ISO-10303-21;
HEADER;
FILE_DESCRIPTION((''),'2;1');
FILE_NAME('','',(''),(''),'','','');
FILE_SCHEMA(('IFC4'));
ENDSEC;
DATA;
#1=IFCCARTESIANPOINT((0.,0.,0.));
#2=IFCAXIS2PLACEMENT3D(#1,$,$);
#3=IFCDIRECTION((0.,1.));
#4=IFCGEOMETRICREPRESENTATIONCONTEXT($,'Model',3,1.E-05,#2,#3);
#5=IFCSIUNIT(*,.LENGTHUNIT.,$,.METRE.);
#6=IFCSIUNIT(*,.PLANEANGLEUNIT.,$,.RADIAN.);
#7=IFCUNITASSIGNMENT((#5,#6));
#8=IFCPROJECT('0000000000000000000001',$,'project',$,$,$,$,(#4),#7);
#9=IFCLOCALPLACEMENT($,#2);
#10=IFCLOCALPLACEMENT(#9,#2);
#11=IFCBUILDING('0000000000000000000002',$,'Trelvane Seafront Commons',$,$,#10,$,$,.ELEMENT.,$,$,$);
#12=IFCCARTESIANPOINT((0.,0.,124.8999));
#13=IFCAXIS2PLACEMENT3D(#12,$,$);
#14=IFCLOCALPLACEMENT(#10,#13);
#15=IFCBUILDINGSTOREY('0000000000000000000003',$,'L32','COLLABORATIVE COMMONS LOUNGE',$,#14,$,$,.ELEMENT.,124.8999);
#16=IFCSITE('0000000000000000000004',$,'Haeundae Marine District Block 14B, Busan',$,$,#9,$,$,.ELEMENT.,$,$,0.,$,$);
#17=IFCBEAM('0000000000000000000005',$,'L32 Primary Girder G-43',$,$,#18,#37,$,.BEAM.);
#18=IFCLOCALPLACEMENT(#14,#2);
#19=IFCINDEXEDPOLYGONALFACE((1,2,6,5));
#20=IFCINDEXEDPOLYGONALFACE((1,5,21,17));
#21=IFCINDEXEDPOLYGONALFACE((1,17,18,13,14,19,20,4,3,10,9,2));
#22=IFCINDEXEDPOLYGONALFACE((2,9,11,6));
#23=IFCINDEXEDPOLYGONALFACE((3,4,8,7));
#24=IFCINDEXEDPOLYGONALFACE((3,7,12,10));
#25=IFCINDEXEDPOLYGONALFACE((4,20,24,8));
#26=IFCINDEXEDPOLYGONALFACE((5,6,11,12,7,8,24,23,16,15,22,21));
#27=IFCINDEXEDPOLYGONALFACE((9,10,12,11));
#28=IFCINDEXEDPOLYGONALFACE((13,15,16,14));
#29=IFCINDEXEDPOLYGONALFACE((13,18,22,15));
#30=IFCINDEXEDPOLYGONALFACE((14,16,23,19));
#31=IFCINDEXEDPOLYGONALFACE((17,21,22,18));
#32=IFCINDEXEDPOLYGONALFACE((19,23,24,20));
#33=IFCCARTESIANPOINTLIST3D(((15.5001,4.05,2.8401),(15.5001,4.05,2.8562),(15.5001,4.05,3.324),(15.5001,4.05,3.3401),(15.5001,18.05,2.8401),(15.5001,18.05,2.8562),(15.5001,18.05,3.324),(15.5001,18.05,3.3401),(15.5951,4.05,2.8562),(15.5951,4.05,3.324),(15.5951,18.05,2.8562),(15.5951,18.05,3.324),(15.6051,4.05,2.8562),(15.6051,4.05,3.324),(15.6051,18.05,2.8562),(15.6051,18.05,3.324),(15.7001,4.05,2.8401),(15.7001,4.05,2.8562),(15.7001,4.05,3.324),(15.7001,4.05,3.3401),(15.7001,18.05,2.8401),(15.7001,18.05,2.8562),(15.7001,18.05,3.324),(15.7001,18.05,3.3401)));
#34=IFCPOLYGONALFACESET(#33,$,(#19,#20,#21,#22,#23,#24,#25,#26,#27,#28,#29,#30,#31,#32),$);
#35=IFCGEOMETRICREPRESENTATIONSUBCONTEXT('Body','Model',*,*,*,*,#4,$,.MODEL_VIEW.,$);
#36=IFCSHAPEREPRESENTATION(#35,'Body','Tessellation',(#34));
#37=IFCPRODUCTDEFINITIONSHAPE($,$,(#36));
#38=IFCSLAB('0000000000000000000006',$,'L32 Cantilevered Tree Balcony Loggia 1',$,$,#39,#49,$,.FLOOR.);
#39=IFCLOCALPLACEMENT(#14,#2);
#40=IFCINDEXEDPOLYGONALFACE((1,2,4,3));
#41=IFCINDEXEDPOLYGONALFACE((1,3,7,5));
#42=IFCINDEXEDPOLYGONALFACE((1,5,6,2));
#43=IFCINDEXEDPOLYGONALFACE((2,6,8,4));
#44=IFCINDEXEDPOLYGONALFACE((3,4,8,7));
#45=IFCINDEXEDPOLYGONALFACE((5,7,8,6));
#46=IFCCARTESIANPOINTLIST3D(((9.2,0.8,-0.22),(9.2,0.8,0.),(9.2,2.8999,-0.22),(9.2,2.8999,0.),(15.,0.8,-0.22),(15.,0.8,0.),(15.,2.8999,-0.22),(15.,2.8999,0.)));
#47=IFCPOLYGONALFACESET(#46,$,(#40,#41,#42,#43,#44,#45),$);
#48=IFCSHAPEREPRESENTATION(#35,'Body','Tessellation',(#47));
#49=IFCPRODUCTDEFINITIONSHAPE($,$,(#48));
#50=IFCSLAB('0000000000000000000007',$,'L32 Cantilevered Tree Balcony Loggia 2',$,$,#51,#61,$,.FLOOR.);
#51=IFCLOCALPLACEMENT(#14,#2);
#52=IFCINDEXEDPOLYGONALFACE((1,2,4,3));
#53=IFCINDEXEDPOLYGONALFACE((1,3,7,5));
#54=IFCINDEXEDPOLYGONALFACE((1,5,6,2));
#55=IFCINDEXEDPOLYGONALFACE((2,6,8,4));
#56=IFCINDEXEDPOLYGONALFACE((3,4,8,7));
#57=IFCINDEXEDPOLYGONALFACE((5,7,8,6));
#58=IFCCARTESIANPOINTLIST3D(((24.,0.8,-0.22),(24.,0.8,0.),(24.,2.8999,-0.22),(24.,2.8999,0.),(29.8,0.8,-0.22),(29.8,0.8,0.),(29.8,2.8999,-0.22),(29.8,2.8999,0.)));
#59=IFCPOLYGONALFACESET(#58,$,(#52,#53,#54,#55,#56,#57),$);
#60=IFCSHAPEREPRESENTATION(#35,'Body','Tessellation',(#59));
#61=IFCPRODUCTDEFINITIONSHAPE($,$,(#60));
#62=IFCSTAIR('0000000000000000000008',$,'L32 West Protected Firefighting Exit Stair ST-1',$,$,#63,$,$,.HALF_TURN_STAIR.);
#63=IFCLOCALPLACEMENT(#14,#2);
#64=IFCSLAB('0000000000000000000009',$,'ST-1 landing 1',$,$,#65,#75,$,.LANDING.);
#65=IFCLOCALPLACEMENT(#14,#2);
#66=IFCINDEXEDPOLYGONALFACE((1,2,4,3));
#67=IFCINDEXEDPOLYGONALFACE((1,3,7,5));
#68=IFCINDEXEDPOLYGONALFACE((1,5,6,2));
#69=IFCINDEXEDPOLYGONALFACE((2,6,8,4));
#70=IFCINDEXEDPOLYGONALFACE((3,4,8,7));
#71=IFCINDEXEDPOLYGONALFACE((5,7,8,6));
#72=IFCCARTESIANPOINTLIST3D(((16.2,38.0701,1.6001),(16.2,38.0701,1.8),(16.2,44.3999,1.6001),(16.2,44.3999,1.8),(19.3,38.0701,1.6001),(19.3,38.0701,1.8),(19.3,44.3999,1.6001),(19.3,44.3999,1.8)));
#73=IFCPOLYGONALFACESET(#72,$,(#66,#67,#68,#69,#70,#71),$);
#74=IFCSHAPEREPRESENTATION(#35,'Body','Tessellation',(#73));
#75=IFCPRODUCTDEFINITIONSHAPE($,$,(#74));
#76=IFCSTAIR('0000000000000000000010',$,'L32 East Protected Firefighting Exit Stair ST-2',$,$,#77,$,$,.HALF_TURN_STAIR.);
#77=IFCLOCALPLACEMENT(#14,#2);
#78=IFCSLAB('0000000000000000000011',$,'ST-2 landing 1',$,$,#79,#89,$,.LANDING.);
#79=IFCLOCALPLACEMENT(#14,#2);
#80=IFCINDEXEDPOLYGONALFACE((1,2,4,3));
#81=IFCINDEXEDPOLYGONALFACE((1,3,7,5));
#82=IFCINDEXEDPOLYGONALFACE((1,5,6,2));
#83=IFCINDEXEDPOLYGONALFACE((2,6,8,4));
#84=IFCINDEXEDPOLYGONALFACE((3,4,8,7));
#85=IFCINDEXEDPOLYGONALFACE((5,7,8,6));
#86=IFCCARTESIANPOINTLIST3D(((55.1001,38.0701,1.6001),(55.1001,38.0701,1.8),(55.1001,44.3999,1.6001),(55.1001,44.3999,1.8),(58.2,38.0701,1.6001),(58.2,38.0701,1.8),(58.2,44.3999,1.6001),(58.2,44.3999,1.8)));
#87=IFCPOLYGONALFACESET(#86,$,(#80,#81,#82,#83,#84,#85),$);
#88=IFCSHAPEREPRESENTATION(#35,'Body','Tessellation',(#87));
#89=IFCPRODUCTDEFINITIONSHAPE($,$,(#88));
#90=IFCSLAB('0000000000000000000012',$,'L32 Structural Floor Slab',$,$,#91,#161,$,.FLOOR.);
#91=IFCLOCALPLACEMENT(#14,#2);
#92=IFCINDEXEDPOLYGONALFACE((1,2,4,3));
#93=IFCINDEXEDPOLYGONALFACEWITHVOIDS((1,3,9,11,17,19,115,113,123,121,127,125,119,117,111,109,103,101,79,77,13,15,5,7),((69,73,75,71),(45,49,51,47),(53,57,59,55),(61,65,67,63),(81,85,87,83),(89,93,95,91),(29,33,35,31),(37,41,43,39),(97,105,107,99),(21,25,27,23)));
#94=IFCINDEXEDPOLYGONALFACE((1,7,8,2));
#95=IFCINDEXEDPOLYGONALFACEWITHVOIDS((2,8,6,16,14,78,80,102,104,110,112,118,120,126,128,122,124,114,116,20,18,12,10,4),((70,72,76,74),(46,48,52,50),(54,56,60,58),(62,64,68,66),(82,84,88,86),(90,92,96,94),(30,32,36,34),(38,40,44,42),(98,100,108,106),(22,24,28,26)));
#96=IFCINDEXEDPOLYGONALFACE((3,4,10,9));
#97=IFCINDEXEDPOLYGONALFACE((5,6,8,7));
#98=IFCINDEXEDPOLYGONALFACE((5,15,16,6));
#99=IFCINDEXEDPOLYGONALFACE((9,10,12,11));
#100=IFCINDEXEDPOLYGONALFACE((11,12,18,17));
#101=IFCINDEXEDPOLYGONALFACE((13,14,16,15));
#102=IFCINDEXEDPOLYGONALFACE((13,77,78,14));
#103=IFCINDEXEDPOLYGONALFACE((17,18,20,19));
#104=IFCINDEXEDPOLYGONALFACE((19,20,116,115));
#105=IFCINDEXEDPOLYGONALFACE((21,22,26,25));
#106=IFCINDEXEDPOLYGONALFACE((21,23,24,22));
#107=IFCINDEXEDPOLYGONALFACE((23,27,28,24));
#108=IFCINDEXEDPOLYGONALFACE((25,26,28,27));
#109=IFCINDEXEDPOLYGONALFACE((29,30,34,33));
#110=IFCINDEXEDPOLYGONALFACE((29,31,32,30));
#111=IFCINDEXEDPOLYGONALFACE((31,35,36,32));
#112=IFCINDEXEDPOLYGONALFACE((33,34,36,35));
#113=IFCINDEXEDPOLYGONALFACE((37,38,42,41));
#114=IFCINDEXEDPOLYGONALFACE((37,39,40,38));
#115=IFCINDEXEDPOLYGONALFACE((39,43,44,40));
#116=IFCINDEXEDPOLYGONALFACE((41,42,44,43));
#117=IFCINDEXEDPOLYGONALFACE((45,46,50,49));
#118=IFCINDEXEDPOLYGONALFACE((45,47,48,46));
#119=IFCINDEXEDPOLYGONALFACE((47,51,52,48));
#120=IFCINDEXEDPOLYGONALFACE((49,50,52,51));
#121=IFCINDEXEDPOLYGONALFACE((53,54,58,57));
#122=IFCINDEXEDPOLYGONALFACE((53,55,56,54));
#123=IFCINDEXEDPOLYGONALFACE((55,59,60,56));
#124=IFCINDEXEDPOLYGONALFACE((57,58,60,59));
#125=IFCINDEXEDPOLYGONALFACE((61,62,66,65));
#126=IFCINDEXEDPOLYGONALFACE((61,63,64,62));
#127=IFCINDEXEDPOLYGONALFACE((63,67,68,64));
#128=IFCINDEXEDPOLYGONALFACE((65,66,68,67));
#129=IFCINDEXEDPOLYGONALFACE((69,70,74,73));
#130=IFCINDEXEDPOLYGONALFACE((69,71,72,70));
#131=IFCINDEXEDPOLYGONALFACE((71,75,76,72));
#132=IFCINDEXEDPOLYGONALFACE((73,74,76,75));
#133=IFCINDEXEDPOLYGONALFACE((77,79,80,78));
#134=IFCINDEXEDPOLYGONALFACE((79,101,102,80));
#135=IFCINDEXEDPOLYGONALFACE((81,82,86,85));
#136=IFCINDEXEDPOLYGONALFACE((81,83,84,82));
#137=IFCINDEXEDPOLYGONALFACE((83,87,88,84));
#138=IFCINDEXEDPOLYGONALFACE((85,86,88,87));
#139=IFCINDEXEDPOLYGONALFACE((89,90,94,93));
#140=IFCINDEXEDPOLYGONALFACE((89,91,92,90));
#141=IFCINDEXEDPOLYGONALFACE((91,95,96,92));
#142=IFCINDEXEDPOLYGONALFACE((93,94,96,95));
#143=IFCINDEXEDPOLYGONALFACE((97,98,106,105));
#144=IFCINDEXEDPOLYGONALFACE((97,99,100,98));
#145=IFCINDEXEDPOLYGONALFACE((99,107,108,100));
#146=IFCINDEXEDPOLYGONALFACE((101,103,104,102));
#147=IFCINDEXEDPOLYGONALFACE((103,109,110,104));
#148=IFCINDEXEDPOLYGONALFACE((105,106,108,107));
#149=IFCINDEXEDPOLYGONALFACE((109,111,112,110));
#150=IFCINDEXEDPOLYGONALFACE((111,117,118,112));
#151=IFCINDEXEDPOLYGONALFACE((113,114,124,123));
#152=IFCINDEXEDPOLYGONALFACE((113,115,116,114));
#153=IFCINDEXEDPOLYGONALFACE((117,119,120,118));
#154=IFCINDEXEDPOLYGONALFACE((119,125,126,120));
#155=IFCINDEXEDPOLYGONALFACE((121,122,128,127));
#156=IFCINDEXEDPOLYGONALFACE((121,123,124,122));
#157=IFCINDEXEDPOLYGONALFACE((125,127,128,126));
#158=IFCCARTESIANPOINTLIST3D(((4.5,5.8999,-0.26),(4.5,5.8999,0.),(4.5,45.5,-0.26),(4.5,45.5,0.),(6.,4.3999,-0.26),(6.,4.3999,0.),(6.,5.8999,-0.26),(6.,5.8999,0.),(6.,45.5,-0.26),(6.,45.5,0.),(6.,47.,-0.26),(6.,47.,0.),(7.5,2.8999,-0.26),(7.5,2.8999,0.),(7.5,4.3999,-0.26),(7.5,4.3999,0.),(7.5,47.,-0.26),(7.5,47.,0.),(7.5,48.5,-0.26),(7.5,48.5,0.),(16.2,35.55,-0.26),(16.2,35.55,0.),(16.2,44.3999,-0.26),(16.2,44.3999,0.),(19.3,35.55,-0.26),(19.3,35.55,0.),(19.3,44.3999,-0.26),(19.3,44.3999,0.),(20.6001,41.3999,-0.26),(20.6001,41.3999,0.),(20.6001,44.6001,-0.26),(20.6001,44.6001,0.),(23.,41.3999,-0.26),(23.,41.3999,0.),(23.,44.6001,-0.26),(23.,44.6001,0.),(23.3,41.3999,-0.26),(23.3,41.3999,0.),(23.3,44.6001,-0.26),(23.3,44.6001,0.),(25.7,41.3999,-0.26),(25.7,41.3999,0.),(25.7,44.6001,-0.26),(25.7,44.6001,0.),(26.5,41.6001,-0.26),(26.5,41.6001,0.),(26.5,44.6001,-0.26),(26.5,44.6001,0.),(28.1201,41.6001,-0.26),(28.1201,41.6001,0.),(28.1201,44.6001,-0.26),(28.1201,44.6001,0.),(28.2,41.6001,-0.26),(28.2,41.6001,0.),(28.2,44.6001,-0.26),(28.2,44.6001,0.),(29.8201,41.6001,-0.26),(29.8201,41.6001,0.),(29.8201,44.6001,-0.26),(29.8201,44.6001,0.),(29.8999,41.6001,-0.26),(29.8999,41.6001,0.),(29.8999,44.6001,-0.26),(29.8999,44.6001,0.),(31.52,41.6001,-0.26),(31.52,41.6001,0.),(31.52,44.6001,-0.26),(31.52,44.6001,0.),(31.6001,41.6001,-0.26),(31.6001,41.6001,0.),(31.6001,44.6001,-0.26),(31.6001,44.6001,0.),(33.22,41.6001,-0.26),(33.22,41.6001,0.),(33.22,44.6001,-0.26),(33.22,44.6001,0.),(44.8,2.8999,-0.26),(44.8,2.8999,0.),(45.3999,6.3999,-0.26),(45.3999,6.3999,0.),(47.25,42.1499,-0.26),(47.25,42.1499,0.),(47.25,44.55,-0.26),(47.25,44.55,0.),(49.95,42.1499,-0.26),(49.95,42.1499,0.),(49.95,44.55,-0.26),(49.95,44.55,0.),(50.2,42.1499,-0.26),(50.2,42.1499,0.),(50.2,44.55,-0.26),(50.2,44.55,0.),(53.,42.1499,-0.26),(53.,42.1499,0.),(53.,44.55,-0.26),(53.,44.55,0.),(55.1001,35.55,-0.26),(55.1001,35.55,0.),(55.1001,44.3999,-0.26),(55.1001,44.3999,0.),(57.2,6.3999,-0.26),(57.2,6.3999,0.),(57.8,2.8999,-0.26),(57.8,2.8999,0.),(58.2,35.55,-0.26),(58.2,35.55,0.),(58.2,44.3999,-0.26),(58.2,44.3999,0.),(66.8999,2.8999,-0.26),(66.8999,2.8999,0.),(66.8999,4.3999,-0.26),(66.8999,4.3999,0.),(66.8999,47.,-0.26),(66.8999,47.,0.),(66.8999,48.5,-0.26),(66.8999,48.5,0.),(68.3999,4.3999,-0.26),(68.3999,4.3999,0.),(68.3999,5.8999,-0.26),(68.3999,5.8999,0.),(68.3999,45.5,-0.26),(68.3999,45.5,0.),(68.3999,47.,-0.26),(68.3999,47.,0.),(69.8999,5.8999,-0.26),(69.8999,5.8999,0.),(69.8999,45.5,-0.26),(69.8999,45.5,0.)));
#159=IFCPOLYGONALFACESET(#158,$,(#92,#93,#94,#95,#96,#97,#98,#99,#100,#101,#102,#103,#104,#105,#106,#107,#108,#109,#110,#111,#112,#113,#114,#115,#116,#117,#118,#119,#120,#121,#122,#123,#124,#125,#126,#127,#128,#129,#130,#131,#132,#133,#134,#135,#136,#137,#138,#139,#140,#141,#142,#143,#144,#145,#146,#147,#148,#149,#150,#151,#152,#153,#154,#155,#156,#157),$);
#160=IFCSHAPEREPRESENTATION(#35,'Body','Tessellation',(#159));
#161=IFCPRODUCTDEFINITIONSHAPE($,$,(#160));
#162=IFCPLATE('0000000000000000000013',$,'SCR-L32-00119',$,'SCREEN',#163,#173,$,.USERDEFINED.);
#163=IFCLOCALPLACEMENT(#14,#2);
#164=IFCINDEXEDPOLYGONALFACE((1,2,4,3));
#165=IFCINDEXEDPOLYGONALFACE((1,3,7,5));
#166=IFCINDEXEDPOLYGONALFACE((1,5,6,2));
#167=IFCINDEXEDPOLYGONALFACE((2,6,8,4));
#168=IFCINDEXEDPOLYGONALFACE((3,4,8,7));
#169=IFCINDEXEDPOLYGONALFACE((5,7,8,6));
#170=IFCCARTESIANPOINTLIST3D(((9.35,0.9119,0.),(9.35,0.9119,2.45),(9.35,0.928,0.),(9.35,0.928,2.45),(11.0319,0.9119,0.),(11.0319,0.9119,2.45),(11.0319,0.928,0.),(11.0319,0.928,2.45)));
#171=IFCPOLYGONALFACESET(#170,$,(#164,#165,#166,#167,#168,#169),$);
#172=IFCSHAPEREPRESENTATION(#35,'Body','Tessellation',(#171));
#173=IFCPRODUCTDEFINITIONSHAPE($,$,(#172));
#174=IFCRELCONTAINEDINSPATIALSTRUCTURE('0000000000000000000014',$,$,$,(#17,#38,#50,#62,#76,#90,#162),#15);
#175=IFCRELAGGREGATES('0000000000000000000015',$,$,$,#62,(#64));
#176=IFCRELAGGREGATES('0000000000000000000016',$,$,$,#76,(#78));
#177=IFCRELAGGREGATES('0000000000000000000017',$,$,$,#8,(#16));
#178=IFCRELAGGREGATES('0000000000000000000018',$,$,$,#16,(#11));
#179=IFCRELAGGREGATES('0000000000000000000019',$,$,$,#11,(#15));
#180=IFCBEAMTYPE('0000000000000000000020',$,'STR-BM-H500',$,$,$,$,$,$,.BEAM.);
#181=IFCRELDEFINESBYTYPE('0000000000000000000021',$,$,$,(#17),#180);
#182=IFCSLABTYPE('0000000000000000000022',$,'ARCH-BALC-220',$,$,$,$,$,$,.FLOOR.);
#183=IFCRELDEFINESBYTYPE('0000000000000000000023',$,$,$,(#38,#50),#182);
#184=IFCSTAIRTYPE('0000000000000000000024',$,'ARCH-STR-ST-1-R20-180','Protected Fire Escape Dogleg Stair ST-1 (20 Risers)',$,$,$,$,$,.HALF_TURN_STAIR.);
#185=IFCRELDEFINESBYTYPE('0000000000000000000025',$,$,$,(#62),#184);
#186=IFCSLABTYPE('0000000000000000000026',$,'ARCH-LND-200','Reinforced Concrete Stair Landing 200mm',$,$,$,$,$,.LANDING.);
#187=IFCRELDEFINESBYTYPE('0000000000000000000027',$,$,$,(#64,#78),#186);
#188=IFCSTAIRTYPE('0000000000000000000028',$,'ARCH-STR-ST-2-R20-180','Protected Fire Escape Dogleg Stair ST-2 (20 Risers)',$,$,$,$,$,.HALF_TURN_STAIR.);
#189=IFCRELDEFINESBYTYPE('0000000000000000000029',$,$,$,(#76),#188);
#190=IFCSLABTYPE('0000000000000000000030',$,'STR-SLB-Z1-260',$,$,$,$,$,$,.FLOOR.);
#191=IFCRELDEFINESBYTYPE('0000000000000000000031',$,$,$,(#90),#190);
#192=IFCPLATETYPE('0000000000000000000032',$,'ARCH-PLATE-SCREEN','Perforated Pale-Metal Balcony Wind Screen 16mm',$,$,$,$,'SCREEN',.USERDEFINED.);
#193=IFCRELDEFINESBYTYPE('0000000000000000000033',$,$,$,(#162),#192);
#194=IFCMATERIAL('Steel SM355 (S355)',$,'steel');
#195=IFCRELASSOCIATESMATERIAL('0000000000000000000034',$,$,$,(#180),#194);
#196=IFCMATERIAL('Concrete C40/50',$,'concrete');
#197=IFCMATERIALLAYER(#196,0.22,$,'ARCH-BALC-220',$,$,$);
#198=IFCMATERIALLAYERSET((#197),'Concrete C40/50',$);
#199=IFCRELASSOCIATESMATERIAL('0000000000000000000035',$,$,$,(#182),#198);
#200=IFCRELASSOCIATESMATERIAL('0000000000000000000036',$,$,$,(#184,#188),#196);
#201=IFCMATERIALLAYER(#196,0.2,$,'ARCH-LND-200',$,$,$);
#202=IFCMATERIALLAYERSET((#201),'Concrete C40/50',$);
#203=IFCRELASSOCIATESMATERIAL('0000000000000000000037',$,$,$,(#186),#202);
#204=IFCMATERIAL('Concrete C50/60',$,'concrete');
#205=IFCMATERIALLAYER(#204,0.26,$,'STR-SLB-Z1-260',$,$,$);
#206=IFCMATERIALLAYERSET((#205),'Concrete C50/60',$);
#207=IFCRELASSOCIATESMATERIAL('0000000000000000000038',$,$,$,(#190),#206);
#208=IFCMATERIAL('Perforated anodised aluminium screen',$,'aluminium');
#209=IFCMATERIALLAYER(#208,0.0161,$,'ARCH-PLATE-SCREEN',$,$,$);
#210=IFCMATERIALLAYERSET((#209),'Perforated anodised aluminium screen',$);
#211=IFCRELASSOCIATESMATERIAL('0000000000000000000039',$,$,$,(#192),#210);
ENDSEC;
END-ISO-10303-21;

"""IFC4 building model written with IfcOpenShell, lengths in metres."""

from ifc_helpers import new_model, si_unit, direction, frame, origin, origin_2d, place, context, subcontext, project, spatial, polyline, rectangle, i_section, outline, extrude, source, transform, mapped, material, layer, layer_set, material_profile, profile_set, type_object, element, aggregate, save


model = new_model("IFC4")

# Units and contexts
model_context = context("Model", 3, precision=1e-05, world=origin(), true_north=direction((0.0, 1.0)))
body_context = subcontext(model_context, "Body", "Model", "MODEL_VIEW")
ifc_project = project(units=[si_unit("LENGTHUNIT", "METRE"), si_unit("PLANEANGLEUNIT", "RADIAN")], contexts=[model_context])

# Site, building, storey
site_placement = place(None, origin())
site = spatial("IfcSite", under=ifc_project, at=site_placement, Name="Haeundae Marine District Block 14B, Busan", CompositionType="ELEMENT", RefElevation=0.0)
building_placement = place(site_placement, origin())
building = spatial("IfcBuilding", under=site, at=building_placement, Name="Trelvane Seafront Commons", CompositionType="ELEMENT")
storey_placement = place(building_placement, frame((0.0, 0.0, 124.8999)))
storey = spatial("IfcBuildingStorey", under=building, at=storey_placement, Name="L32", Description="COLLABORATIVE COMMONS LOUNGE", CompositionType="ELEMENT", Elevation=124.8999)

# Shared definitions
ifc_material_1 = material(Name="Steel SM355 (S355)", Category="steel")

# Beam
ifc_material_profile_1 = material_profile(ifc_material_1, i_section(OverallWidth=0.2, OverallDepth=0.5, WebThickness=0.01, FlangeThickness=0.0161, at=origin_2d()), Name="H-500x200x10x16")
ifc_profile_set_1 = profile_set([ifc_material_profile_1], Name="Steel SM355 (S355)")
beam_type_1 = type_object("IfcBeamType", Name="STR-BM-H500", PredefinedType="BEAM", material=ifc_profile_set_1)
shared_shape_1 = source(origin(), body_context, "Body", "SweptSolid", [
    extrude(i_section(OverallWidth=0.2, OverallDepth=0.5, WebThickness=0.01, FlangeThickness=0.0161, at=origin_2d()), origin(), (0.0, 0.0, 1.0), 14.0),
])
beam_1_placement = place(storey_placement, frame((15.6001, 4.05, 3.0901), z_axis=(0.0, 1.0, 0.0), x_axis=(-1.0, 0.0, 0.0)))
element("IfcBeam", 1, at=beam_1_placement, inside=storey, type_object=beam_type_1, Name="L32 Primary Girder G-43", PredefinedType="BEAM", context=body_context, shape_type="MappedRepresentation", body=[
    mapped(shared_shape_1, transform((0.0, 0.0, 0.0), x_axis=(1.0, 0.0, 0.0), y_axis=(0.0, 1.0, 0.0), z_axis=(0.0, 0.0, 1.0), scale=1.0)),
])

# Slabs
ifc_material_2 = material(Name="Concrete C40/50", Category="concrete")
ifc_layer_1 = layer(ifc_material_2, 0.22, Name="ARCH-BALC-220")
ifc_layer_set_1 = layer_set([ifc_layer_1], Name="Concrete C40/50")
slab_type_1 = type_object("IfcSlabType", Name="ARCH-BALC-220", PredefinedType="FLOOR", material=ifc_layer_set_1)
slab_1_placement = place(storey_placement, frame((0.0, 0.0, -0.22)))
element("IfcSlab", 2, at=slab_1_placement, inside=storey, type_object=slab_type_1, Name="L32 Cantilevered Tree Balcony Loggia 1", PredefinedType="FLOOR", context=body_context, shape_type="SweptSolid", body=[
    extrude(outline(polyline([(9.2, 0.8), (15.0, 0.8), (15.0, 2.8999), (9.2, 2.8999), (9.2, 0.8)])), origin(), (0.0, 0.0, 1.0), 0.22),
])
slab_2_placement = place(storey_placement, frame((0.0, 0.0, -0.22)))
element("IfcSlab", 3, at=slab_2_placement, inside=storey, type_object=slab_type_1, Name="L32 Cantilevered Tree Balcony Loggia 2", PredefinedType="FLOOR", context=body_context, shape_type="SweptSolid", body=[
    extrude(outline(polyline([(24.0, 0.8), (29.8, 0.8), (29.8, 2.8999), (24.0, 2.8999), (24.0, 0.8)])), origin(), (0.0, 0.0, 1.0), 0.22),
])

# Stairs, slabs
stair_type_1 = type_object("IfcStairType", Name="ARCH-STR-ST-1-R20-180", Description="Protected Fire Escape Dogleg Stair ST-1 (20 Risers)", PredefinedType="HALF_TURN_STAIR", material=ifc_material_2)
stair_1_placement = place(storey_placement, origin())
stair_1 = element("IfcStair", 4, at=stair_1_placement, inside=storey, type_object=stair_type_1, Name="L32 West Protected Firefighting Exit Stair ST-1", PredefinedType="HALF_TURN_STAIR")
ifc_layer_2 = layer(ifc_material_2, 0.2, Name="ARCH-LND-200")
ifc_layer_set_2 = layer_set([ifc_layer_2], Name="Concrete C40/50")
slab_type_2 = type_object("IfcSlabType", Name="ARCH-LND-200", Description="Reinforced Concrete Stair Landing 200mm", PredefinedType="LANDING", material=ifc_layer_set_2)
slab_3_placement = place(storey_placement, frame((0.0, 0.0, 1.6001)))
slab_3 = element("IfcSlab", 5, at=slab_3_placement, type_object=slab_type_2, Name="ST-1 landing 1", PredefinedType="LANDING", context=body_context, shape_type="SweptSolid", body=[
    extrude(outline(polyline([(19.3, 38.0701), (19.3, 44.3999), (16.2, 44.3999), (16.2, 38.0701), (19.3, 38.0701)])), origin(), (0.0, 0.0, 1.0), 0.2),
])
aggregate(stair_1, [slab_3])
stair_type_2 = type_object("IfcStairType", Name="ARCH-STR-ST-2-R20-180", Description="Protected Fire Escape Dogleg Stair ST-2 (20 Risers)", PredefinedType="HALF_TURN_STAIR", material=ifc_material_2)
stair_2_placement = place(storey_placement, origin())
stair_2 = element("IfcStair", 6, at=stair_2_placement, inside=storey, type_object=stair_type_2, Name="L32 East Protected Firefighting Exit Stair ST-2", PredefinedType="HALF_TURN_STAIR")
slab_4_placement = place(storey_placement, frame((0.0, 0.0, 1.6001)))
slab_4 = element("IfcSlab", 7, at=slab_4_placement, type_object=slab_type_2, Name="ST-2 landing 1", PredefinedType="LANDING", context=body_context, shape_type="SweptSolid", body=[
    extrude(outline(polyline([(58.2, 38.0701), (58.2, 44.3999), (55.1001, 44.3999), (55.1001, 38.0701), (58.2, 38.0701)])), origin(), (0.0, 0.0, 1.0), 0.2),
])
aggregate(stair_2, [slab_4])

# Slab
ifc_material_3 = material(Name="Concrete C50/60", Category="concrete")
ifc_layer_3 = layer(ifc_material_3, 0.26, Name="STR-SLB-Z1-260")
ifc_layer_set_3 = layer_set([ifc_layer_3], Name="Concrete C50/60")
slab_type_3 = type_object("IfcSlabType", Name="STR-SLB-Z1-260", PredefinedType="FLOOR", material=ifc_layer_set_3)
slab_5_placement = place(storey_placement, frame((0.0, 0.0, -0.26)))
element("IfcSlab", 8, at=slab_5_placement, inside=storey, type_object=slab_type_3, Name="L32 Structural Floor Slab", PredefinedType="FLOOR", context=body_context, shape_type="SweptSolid", body=[
    extrude(outline(polyline([(7.5, 2.8999), (44.8, 2.8999), (45.3999, 6.3999), (57.2, 6.3999), (57.8, 2.8999), (66.8999, 2.8999), (66.8999, 4.3999), (68.3999, 4.3999), (68.3999, 5.8999), (69.8999, 5.8999), (69.8999, 45.5), (68.3999, 45.5), (68.3999, 47.0), (66.8999, 47.0), (66.8999, 48.5), (7.5, 48.5), (7.5, 47.0), (6.0, 47.0), (6.0, 45.5), (4.5, 45.5), (4.5, 5.8999), (6.0, 5.8999), (6.0, 4.3999), (7.5, 4.3999), (7.5, 2.8999)]), holes=[polyline([(19.3, 35.55), (16.2, 35.55), (16.2, 44.3999), (19.3, 44.3999), (19.3, 35.55)]), polyline([(58.2, 35.55), (55.1001, 35.55), (55.1001, 44.3999), (58.2, 44.3999), (58.2, 35.55)]), polyline([(23.0, 41.3999), (20.6001, 41.3999), (20.6001, 44.6001), (23.0, 44.6001), (23.0, 41.3999)]), polyline([(23.3, 41.3999), (23.3, 44.6001), (25.7, 44.6001), (25.7, 41.3999), (23.3, 41.3999)]), polyline([(26.5, 41.6001), (26.5, 44.6001), (28.1201, 44.6001), (28.1201, 41.6001), (26.5, 41.6001)]), polyline([(29.8201, 41.6001), (28.2, 41.6001), (28.2, 44.6001), (29.8201, 44.6001), (29.8201, 41.6001)]), polyline([(31.52, 41.6001), (29.8999, 41.6001), (29.8999, 44.6001), (31.52, 44.6001), (31.52, 41.6001)]), polyline([(33.22, 41.6001), (31.6001, 41.6001), (31.6001, 44.6001), (33.22, 44.6001), (33.22, 41.6001)]), polyline([(47.25, 42.1499), (47.25, 44.55), (49.95, 44.55), (49.95, 42.1499), (47.25, 42.1499)]), polyline([(50.2, 42.1499), (50.2, 44.55), (53.0, 44.55), (53.0, 42.1499), (50.2, 42.1499)])]), origin(), (0.0, 0.0, 1.0), 0.26),
])

# Plate
ifc_material_4 = material(Name="Perforated anodised aluminium screen", Category="aluminium")
ifc_layer_4 = layer(ifc_material_4, 0.0161, Name="ARCH-PLATE-SCREEN")
ifc_layer_set_4 = layer_set([ifc_layer_4], Name="Perforated anodised aluminium screen")
plate_type_1 = type_object("IfcPlateType", Name="ARCH-PLATE-SCREEN", Description="Perforated Pale-Metal Balcony Wind Screen 16mm", ElementType="SCREEN", PredefinedType="USERDEFINED", material=ifc_layer_set_4)
shared_shape_2 = source(origin(), body_context, "Body", "SweptSolid", [
    extrude(rectangle(XDim=1.6819, YDim=0.0161, at=origin_2d()), origin(), (0.0, 0.0, 1.0), 2.45),
])
plate_1_placement = place(storey_placement, frame((10.1909, 0.9199, 0.0), z_axis=(0.0, 0.0, 1.0), x_axis=(1.0, 0.0, 0.0)))
element("IfcPlate", 9, at=plate_1_placement, inside=storey, type_object=plate_type_1, Name="SCR-L32-00119", ObjectType="SCREEN", PredefinedType="USERDEFINED", context=body_context, shape_type="MappedRepresentation", body=[
    mapped(shared_shape_2, transform((0.0, 0.0, 0.0), x_axis=(1.0, 0.0, 0.0), y_axis=(0.0, 1.0, 0.0), z_axis=(0.0, 0.0, 1.0), scale=1.0)),
])

save(model, "model.ifc")
